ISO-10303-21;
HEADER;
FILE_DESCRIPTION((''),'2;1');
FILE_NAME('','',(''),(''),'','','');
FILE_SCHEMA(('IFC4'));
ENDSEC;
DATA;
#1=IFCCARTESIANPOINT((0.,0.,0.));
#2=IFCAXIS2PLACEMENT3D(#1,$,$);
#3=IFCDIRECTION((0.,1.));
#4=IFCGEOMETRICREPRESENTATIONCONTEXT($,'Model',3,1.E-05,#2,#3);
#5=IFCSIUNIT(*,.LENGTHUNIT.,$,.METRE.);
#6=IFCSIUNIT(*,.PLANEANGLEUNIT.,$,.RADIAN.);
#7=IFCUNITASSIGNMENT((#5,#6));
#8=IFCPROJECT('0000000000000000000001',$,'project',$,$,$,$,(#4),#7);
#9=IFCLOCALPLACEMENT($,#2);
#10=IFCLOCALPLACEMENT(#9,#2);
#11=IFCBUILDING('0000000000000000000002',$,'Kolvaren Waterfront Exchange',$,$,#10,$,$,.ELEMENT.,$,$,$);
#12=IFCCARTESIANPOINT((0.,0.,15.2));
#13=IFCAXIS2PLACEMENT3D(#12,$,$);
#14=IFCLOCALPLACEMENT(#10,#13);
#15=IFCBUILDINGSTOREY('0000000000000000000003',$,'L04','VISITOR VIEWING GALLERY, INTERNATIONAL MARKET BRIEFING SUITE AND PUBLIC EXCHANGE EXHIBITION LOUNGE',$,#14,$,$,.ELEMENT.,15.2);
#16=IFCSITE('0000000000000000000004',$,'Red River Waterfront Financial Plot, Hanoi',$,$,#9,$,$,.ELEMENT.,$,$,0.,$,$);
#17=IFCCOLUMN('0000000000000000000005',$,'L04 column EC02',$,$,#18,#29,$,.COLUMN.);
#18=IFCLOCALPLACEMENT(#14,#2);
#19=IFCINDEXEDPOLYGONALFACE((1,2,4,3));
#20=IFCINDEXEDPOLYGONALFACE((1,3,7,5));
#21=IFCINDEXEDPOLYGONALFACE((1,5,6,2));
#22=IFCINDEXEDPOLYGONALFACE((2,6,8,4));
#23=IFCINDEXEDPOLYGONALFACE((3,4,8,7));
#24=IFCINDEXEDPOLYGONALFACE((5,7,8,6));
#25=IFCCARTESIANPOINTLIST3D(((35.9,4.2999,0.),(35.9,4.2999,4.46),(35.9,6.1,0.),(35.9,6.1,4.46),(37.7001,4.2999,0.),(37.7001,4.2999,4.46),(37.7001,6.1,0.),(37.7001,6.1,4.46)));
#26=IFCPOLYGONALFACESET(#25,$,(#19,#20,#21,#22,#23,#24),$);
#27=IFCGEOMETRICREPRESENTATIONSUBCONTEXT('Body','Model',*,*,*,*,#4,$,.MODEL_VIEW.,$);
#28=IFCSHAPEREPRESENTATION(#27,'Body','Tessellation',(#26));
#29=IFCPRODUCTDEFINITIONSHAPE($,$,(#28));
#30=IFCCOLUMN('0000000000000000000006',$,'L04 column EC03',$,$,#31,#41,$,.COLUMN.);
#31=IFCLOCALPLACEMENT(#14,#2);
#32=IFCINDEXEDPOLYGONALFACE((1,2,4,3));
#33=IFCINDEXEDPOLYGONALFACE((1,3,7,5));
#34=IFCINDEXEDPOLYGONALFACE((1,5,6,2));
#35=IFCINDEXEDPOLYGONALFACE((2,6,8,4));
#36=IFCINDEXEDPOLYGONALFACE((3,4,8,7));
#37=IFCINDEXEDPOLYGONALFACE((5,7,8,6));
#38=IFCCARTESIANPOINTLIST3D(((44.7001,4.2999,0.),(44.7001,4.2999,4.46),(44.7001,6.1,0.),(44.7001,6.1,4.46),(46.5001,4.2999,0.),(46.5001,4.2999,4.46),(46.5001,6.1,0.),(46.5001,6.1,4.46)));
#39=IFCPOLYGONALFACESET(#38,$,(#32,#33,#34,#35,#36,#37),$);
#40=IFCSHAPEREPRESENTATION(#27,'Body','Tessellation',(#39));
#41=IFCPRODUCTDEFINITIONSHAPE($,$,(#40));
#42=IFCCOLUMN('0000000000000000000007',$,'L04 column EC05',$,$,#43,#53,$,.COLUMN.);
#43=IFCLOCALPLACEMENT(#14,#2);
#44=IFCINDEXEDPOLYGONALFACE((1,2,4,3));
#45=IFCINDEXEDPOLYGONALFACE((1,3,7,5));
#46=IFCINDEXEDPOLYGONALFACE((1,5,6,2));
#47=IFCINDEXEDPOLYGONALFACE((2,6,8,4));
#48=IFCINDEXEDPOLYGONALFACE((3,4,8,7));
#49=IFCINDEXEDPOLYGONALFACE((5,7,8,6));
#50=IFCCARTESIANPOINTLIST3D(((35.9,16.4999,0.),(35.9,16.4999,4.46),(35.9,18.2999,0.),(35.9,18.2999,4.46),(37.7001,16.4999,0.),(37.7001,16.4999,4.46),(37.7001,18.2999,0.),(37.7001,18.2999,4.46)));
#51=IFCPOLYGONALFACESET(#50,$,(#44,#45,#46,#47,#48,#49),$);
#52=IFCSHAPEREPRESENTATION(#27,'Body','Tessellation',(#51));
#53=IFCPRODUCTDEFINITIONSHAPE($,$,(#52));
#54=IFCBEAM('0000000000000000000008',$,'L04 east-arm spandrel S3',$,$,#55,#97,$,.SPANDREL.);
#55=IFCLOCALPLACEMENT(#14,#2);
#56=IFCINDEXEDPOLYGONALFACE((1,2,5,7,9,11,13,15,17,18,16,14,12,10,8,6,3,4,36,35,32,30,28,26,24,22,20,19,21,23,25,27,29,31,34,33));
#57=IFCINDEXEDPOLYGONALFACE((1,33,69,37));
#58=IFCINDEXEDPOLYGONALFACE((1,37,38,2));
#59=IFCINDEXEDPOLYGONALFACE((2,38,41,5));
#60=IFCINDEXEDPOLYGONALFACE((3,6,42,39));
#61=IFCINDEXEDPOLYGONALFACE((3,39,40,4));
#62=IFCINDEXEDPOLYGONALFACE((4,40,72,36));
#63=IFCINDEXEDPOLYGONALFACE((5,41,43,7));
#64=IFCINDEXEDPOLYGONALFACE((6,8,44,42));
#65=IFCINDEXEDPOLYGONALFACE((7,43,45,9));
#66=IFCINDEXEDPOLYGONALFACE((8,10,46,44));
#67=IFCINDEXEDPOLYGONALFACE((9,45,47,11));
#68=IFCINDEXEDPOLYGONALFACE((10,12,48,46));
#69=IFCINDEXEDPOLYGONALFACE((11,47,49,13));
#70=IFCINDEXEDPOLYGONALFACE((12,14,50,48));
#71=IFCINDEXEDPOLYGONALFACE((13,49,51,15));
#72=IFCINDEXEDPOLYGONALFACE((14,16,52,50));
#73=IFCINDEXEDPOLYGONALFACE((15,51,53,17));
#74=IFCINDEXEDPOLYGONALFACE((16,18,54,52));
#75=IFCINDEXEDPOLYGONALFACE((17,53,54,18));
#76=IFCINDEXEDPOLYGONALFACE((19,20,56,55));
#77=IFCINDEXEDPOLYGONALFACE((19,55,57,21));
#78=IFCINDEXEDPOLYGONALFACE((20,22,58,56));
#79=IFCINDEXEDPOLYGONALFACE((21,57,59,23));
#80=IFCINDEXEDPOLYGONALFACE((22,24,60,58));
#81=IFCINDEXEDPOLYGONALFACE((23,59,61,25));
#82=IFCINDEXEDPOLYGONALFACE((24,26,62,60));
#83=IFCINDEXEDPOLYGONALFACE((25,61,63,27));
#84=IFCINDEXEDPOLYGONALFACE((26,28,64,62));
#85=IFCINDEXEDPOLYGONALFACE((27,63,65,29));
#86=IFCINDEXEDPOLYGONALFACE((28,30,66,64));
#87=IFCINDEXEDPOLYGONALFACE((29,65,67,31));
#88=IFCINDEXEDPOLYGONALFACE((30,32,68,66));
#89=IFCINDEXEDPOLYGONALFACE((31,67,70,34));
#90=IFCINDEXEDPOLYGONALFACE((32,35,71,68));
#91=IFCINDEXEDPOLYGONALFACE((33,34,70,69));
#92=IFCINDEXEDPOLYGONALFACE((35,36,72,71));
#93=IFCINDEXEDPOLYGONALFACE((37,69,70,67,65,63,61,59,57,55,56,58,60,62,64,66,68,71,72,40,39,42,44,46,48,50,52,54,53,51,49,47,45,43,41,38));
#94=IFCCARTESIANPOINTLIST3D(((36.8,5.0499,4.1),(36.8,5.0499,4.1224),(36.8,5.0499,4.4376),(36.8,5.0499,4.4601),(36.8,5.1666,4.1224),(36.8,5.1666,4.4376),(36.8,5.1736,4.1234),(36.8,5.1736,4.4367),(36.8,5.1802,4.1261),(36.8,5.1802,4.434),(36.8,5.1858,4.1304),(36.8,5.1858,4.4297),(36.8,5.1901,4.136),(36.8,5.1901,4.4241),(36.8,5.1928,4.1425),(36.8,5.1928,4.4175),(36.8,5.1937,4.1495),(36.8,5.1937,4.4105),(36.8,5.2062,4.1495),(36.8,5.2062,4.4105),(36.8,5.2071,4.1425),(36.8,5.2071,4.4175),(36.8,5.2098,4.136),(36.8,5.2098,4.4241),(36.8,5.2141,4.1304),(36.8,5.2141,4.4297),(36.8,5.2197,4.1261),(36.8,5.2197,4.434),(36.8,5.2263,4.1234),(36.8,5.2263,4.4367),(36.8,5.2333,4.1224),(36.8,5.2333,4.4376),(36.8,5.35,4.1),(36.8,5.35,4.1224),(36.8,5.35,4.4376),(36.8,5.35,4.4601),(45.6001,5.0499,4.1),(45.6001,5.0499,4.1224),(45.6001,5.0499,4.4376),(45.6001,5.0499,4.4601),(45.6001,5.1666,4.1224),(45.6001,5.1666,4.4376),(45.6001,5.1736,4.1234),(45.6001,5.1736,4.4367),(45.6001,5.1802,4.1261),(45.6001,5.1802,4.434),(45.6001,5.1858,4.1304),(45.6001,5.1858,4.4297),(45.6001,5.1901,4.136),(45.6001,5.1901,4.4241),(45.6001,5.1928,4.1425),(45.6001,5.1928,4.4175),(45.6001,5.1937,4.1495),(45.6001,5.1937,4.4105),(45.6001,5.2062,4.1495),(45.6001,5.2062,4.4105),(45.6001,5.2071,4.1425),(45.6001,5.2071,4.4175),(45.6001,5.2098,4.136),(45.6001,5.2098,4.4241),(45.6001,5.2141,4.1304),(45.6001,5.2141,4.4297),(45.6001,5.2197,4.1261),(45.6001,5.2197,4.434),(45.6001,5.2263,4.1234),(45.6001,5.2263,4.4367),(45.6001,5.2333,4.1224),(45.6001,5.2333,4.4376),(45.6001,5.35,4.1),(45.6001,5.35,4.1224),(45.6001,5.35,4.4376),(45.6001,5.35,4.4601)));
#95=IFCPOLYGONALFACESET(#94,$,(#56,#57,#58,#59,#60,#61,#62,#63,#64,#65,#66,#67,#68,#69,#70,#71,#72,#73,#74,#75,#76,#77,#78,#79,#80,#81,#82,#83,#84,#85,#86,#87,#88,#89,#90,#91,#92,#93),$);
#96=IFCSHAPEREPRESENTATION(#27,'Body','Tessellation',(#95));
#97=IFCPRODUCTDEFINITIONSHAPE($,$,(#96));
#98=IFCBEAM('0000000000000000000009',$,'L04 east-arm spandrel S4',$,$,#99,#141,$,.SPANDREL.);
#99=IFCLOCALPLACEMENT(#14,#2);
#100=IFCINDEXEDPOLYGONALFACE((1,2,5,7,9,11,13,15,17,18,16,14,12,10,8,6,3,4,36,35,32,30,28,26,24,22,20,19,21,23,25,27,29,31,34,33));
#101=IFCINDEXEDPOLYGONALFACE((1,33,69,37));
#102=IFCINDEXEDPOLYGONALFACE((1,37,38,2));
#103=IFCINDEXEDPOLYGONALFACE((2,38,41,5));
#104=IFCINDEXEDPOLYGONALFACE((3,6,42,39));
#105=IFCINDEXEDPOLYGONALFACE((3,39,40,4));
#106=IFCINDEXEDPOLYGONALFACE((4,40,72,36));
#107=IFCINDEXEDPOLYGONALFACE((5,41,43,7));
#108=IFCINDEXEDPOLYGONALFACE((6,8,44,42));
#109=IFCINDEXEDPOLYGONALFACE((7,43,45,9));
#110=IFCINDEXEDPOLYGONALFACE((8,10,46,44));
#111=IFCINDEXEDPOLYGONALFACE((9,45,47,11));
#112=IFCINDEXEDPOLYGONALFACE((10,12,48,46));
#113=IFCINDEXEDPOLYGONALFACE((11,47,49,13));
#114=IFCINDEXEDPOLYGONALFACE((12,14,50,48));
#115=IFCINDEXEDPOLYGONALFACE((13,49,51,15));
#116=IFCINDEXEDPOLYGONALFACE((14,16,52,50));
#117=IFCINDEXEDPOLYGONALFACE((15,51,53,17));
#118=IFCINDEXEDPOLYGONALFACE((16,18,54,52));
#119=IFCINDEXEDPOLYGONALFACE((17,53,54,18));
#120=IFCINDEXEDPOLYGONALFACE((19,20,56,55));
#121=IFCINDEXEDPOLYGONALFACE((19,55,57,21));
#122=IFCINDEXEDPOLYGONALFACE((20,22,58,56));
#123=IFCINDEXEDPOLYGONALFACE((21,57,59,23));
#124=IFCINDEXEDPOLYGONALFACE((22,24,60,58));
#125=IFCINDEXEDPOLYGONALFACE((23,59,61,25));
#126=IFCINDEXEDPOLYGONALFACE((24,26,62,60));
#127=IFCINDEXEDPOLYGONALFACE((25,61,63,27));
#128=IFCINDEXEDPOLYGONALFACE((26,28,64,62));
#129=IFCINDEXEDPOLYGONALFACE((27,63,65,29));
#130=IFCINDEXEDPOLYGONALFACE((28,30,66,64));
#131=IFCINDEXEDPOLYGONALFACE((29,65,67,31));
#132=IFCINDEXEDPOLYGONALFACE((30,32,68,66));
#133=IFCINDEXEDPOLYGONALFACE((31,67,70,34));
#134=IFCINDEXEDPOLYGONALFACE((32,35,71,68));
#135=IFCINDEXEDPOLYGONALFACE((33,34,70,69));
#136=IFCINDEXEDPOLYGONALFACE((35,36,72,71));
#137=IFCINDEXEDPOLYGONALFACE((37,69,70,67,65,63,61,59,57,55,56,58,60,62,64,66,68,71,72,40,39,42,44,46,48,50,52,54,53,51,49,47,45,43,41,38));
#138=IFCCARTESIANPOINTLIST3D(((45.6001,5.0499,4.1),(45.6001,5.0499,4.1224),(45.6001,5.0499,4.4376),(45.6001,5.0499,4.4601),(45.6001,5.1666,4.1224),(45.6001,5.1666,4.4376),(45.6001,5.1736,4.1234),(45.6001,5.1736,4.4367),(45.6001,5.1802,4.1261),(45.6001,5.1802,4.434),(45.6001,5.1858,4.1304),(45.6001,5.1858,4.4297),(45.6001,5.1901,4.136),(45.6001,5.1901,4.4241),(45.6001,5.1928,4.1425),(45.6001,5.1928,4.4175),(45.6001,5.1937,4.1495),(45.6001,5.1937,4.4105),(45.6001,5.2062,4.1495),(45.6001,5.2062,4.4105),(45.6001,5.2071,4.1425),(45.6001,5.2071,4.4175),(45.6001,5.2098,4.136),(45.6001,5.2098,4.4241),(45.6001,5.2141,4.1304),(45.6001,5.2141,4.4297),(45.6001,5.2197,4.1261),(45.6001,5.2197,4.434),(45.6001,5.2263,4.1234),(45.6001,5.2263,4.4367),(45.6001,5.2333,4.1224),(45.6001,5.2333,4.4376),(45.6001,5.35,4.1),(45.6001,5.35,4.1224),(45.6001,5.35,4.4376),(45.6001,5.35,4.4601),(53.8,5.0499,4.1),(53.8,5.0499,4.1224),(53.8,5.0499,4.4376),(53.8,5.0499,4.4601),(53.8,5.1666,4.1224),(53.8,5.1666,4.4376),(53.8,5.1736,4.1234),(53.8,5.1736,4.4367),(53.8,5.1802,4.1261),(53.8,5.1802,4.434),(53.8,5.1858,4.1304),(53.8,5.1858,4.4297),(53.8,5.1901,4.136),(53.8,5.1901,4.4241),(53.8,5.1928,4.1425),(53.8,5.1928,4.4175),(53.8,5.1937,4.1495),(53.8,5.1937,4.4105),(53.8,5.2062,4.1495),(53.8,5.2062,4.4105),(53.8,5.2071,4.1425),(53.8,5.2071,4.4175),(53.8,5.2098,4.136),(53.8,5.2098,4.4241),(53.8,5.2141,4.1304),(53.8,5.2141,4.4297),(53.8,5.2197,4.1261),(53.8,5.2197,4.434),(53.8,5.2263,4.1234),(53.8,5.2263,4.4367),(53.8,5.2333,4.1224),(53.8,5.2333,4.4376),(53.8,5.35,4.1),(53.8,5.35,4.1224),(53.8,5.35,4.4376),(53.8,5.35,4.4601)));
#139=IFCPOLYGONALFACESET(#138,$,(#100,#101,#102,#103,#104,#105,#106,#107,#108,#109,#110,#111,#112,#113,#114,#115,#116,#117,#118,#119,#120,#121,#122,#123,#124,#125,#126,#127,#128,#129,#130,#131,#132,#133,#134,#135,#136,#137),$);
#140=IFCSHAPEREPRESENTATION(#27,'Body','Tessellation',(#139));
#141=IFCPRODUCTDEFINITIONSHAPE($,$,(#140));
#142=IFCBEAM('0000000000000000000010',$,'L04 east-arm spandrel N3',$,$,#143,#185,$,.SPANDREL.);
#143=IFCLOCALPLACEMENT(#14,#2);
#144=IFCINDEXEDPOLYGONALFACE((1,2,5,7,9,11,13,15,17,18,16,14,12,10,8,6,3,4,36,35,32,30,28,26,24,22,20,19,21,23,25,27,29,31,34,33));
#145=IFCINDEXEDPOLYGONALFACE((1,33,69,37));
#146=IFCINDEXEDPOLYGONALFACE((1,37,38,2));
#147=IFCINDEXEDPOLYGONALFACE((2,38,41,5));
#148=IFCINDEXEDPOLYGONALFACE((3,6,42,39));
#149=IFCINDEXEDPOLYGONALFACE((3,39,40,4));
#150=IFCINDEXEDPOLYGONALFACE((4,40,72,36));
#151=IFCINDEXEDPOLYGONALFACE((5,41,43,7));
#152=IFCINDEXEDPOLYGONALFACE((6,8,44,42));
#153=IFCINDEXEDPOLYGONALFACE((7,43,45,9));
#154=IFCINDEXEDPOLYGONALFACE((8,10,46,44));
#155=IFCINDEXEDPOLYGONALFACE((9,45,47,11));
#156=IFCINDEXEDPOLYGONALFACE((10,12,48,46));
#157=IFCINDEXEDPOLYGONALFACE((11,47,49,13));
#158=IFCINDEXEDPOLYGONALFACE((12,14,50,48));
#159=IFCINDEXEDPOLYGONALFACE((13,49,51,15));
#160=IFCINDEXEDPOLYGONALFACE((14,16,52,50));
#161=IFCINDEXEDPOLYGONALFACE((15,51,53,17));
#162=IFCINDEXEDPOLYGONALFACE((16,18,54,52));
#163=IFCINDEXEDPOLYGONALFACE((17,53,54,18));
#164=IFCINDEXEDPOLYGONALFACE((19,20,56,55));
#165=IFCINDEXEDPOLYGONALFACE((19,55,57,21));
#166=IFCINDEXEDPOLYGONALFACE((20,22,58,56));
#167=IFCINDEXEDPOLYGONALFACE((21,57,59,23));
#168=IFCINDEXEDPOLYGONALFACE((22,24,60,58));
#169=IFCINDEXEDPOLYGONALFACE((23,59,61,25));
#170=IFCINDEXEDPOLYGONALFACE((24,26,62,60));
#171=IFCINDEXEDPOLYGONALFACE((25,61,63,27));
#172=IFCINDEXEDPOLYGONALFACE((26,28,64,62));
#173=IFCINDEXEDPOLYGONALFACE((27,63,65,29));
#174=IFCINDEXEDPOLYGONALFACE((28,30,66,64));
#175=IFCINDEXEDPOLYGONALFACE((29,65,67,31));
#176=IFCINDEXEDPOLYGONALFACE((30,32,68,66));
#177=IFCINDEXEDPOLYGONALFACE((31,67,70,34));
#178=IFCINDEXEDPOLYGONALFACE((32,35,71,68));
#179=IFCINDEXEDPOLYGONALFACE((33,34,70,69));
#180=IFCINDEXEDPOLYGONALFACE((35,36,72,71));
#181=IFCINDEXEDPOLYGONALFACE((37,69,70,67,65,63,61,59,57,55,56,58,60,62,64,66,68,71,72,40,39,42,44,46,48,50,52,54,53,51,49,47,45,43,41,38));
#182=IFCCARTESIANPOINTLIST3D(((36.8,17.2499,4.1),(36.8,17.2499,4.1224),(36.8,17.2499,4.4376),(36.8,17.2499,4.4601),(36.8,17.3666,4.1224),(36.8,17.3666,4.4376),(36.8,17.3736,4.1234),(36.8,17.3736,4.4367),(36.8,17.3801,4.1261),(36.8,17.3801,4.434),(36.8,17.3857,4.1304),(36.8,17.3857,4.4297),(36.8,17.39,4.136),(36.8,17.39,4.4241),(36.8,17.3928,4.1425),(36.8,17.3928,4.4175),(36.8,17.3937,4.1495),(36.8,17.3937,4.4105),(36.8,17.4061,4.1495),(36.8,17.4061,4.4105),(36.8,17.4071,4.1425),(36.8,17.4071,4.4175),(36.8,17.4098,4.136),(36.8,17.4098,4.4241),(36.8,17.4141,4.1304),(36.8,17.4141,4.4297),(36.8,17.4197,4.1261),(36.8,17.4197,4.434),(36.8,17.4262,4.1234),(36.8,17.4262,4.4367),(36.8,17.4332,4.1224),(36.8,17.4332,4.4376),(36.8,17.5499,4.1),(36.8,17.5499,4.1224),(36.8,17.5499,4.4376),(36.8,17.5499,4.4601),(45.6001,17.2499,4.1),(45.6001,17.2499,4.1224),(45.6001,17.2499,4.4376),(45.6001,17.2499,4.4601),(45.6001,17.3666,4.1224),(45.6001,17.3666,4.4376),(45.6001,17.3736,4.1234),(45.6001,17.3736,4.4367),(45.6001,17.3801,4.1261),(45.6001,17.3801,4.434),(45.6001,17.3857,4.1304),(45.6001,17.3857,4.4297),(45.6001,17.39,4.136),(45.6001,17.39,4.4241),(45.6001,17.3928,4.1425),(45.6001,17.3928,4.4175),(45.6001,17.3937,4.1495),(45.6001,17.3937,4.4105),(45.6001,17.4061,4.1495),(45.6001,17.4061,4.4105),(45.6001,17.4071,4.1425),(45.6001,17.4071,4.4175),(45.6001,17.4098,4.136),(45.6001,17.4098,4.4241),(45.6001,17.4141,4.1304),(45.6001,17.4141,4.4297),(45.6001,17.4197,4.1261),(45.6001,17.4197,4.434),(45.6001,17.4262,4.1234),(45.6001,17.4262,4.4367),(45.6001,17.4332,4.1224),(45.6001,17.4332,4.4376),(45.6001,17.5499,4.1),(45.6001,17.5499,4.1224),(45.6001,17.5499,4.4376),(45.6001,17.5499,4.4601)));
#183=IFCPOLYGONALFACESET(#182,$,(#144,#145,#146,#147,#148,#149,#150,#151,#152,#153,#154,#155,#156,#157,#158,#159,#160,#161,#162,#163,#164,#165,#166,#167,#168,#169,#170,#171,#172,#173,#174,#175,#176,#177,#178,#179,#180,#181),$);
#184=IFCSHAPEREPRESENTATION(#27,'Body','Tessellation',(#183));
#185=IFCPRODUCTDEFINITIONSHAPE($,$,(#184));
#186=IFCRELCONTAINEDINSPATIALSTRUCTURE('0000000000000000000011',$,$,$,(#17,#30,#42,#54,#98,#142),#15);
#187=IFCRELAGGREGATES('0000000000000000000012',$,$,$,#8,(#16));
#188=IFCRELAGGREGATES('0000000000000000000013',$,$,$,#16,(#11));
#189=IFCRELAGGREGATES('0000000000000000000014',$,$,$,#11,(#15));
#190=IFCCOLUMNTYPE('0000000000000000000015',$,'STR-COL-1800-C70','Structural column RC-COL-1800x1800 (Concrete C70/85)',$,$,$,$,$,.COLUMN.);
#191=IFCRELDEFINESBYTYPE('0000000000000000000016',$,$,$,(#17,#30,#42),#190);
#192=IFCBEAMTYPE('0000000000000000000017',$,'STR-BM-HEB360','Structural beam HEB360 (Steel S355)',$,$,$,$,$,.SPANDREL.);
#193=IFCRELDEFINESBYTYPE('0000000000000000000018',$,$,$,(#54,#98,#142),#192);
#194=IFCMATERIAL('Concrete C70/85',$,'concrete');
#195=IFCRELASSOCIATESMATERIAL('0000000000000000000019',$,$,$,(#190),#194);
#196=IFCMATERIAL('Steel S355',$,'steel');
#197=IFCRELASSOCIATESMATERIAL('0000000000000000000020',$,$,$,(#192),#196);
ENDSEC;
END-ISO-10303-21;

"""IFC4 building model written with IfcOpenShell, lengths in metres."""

from ifc_helpers import new_model, si_unit, direction, frame, origin, origin_2d, place, context, subcontext, project, spatial, rectangle, i_section, extrude, material, material_profile, profile_set, type_object, element, save


model = new_model("IFC4")

# Units and contexts
model_context = context("Model", 3, precision=1e-05, world=origin(), true_north=direction((0.0, 1.0)))
body_context = subcontext(model_context, "Body", "Model", "MODEL_VIEW")
ifc_project = project(units=[si_unit("LENGTHUNIT", "METRE"), si_unit("PLANEANGLEUNIT", "RADIAN")], contexts=[model_context])

# Site, building, storey
site_placement = place(None, origin())
site = spatial("IfcSite", under=ifc_project, at=site_placement, Name="Red River Waterfront Financial Plot, Hanoi", CompositionType="ELEMENT", RefElevation=0.0)
building_placement = place(site_placement, origin())
building = spatial("IfcBuilding", under=site, at=building_placement, Name="Kolvaren Waterfront Exchange", CompositionType="ELEMENT")
storey_placement = place(building_placement, frame((0.0, 0.0, 15.2)))
storey = spatial("IfcBuildingStorey", under=building, at=storey_placement, Name="L04", Description="VISITOR VIEWING GALLERY, INTERNATIONAL MARKET BRIEFING SUITE AND PUBLIC EXCHANGE EXHIBITION LOUNGE", CompositionType="ELEMENT", Elevation=15.2)

# Columns
ifc_material_1 = material(Name="Concrete C70/85", Category="concrete")
ifc_material_profile_1 = material_profile(ifc_material_1, rectangle(XDim=1.8, YDim=1.8, at=origin_2d()), Name="RC-COL-1800x1800")
ifc_profile_set_1 = profile_set([ifc_material_profile_1], Name="Concrete C70/85")
column_type = type_object("IfcColumnType", Name="STR-COL-1800-C70", Description="Structural column RC-COL-1800x1800 (Concrete C70/85)", PredefinedType="COLUMN", material=ifc_profile_set_1)
for number, where, z_axis, x_axis, name in (
    (1, (36.8, 5.2, 0.0), (0.0, 0.0, 1.0), (1.0, 0.0, 0.0), "L04 column EC02"),
    (2, (45.6001, 5.2, 0.0), (0.0, 0.0, 1.0), (1.0, 0.0, 0.0), "L04 column EC03"),
    (3, (36.8, 17.3999, 0.0), (0.0, 0.0, 1.0), (1.0, 0.0, 0.0), "L04 column EC05"),
):
    element("IfcColumn", number, at=place(storey_placement, frame(where, z_axis=z_axis, x_axis=x_axis)), inside=storey, type_object=column_type, Name=name, PredefinedType="COLUMN", context=body_context, shape_type="SweptSolid", body=[
        extrude(rectangle(XDim=1.8, YDim=1.8, at=origin_2d()), origin(), (0.0, 0.0, 1.0), 4.46),
    ])

# Beams
ifc_material_2 = material(Name="Steel S355", Category="steel")
ifc_material_profile_2 = material_profile(ifc_material_2, i_section(OverallWidth=0.3, OverallDepth=0.3601, WebThickness=0.0125, FlangeThickness=0.0225, FilletRadius=0.0271, at=origin_2d()), Name="HEB360")
ifc_profile_set_2 = profile_set([ifc_material_profile_2], Name="Steel S355")
beam_type_1 = type_object("IfcBeamType", Name="STR-BM-HEB360", Description="Structural beam HEB360 (Steel S355)", PredefinedType="SPANDREL", material=ifc_profile_set_2)
beam_1_placement = place(storey_placement, frame((36.8, 5.2, 4.28), z_axis=(1.0, 0.0, 0.0), x_axis=(0.0, 1.0, 0.0)))
element("IfcBeam", 4, at=beam_1_placement, inside=storey, type_object=beam_type_1, Name="L04 east-arm spandrel S3", PredefinedType="SPANDREL", context=body_context, shape_type="SweptSolid", body=[
    extrude(i_section(OverallWidth=0.3, OverallDepth=0.3601, WebThickness=0.0125, FlangeThickness=0.0225, FilletRadius=0.0271, at=origin_2d()), origin(), (0.0, 0.0, 1.0), 8.8),
])
beam_2_placement = place(storey_placement, frame((45.6001, 5.2, 4.28), z_axis=(1.0, 0.0, 0.0), x_axis=(0.0, 1.0, 0.0)))
element("IfcBeam", 5, at=beam_2_placement, inside=storey, type_object=beam_type_1, Name="L04 east-arm spandrel S4", PredefinedType="SPANDREL", context=body_context, shape_type="SweptSolid", body=[
    extrude(i_section(OverallWidth=0.3, OverallDepth=0.3601, WebThickness=0.0125, FlangeThickness=0.0225, FilletRadius=0.0271, at=origin_2d()), origin(), (0.0, 0.0, 1.0), 8.2),
])
beam_3_placement = place(storey_placement, frame((36.8, 17.3999, 4.28), z_axis=(1.0, 0.0, 0.0), x_axis=(0.0, 1.0, 0.0)))
element("IfcBeam", 6, at=beam_3_placement, inside=storey, type_object=beam_type_1, Name="L04 east-arm spandrel N3", PredefinedType="SPANDREL", context=body_context, shape_type="SweptSolid", body=[
    extrude(i_section(OverallWidth=0.3, OverallDepth=0.3601, WebThickness=0.0125, FlangeThickness=0.0225, FilletRadius=0.0271, at=origin_2d()), origin(), (0.0, 0.0, 1.0), 8.8),
])

save(model, "model.ifc")
